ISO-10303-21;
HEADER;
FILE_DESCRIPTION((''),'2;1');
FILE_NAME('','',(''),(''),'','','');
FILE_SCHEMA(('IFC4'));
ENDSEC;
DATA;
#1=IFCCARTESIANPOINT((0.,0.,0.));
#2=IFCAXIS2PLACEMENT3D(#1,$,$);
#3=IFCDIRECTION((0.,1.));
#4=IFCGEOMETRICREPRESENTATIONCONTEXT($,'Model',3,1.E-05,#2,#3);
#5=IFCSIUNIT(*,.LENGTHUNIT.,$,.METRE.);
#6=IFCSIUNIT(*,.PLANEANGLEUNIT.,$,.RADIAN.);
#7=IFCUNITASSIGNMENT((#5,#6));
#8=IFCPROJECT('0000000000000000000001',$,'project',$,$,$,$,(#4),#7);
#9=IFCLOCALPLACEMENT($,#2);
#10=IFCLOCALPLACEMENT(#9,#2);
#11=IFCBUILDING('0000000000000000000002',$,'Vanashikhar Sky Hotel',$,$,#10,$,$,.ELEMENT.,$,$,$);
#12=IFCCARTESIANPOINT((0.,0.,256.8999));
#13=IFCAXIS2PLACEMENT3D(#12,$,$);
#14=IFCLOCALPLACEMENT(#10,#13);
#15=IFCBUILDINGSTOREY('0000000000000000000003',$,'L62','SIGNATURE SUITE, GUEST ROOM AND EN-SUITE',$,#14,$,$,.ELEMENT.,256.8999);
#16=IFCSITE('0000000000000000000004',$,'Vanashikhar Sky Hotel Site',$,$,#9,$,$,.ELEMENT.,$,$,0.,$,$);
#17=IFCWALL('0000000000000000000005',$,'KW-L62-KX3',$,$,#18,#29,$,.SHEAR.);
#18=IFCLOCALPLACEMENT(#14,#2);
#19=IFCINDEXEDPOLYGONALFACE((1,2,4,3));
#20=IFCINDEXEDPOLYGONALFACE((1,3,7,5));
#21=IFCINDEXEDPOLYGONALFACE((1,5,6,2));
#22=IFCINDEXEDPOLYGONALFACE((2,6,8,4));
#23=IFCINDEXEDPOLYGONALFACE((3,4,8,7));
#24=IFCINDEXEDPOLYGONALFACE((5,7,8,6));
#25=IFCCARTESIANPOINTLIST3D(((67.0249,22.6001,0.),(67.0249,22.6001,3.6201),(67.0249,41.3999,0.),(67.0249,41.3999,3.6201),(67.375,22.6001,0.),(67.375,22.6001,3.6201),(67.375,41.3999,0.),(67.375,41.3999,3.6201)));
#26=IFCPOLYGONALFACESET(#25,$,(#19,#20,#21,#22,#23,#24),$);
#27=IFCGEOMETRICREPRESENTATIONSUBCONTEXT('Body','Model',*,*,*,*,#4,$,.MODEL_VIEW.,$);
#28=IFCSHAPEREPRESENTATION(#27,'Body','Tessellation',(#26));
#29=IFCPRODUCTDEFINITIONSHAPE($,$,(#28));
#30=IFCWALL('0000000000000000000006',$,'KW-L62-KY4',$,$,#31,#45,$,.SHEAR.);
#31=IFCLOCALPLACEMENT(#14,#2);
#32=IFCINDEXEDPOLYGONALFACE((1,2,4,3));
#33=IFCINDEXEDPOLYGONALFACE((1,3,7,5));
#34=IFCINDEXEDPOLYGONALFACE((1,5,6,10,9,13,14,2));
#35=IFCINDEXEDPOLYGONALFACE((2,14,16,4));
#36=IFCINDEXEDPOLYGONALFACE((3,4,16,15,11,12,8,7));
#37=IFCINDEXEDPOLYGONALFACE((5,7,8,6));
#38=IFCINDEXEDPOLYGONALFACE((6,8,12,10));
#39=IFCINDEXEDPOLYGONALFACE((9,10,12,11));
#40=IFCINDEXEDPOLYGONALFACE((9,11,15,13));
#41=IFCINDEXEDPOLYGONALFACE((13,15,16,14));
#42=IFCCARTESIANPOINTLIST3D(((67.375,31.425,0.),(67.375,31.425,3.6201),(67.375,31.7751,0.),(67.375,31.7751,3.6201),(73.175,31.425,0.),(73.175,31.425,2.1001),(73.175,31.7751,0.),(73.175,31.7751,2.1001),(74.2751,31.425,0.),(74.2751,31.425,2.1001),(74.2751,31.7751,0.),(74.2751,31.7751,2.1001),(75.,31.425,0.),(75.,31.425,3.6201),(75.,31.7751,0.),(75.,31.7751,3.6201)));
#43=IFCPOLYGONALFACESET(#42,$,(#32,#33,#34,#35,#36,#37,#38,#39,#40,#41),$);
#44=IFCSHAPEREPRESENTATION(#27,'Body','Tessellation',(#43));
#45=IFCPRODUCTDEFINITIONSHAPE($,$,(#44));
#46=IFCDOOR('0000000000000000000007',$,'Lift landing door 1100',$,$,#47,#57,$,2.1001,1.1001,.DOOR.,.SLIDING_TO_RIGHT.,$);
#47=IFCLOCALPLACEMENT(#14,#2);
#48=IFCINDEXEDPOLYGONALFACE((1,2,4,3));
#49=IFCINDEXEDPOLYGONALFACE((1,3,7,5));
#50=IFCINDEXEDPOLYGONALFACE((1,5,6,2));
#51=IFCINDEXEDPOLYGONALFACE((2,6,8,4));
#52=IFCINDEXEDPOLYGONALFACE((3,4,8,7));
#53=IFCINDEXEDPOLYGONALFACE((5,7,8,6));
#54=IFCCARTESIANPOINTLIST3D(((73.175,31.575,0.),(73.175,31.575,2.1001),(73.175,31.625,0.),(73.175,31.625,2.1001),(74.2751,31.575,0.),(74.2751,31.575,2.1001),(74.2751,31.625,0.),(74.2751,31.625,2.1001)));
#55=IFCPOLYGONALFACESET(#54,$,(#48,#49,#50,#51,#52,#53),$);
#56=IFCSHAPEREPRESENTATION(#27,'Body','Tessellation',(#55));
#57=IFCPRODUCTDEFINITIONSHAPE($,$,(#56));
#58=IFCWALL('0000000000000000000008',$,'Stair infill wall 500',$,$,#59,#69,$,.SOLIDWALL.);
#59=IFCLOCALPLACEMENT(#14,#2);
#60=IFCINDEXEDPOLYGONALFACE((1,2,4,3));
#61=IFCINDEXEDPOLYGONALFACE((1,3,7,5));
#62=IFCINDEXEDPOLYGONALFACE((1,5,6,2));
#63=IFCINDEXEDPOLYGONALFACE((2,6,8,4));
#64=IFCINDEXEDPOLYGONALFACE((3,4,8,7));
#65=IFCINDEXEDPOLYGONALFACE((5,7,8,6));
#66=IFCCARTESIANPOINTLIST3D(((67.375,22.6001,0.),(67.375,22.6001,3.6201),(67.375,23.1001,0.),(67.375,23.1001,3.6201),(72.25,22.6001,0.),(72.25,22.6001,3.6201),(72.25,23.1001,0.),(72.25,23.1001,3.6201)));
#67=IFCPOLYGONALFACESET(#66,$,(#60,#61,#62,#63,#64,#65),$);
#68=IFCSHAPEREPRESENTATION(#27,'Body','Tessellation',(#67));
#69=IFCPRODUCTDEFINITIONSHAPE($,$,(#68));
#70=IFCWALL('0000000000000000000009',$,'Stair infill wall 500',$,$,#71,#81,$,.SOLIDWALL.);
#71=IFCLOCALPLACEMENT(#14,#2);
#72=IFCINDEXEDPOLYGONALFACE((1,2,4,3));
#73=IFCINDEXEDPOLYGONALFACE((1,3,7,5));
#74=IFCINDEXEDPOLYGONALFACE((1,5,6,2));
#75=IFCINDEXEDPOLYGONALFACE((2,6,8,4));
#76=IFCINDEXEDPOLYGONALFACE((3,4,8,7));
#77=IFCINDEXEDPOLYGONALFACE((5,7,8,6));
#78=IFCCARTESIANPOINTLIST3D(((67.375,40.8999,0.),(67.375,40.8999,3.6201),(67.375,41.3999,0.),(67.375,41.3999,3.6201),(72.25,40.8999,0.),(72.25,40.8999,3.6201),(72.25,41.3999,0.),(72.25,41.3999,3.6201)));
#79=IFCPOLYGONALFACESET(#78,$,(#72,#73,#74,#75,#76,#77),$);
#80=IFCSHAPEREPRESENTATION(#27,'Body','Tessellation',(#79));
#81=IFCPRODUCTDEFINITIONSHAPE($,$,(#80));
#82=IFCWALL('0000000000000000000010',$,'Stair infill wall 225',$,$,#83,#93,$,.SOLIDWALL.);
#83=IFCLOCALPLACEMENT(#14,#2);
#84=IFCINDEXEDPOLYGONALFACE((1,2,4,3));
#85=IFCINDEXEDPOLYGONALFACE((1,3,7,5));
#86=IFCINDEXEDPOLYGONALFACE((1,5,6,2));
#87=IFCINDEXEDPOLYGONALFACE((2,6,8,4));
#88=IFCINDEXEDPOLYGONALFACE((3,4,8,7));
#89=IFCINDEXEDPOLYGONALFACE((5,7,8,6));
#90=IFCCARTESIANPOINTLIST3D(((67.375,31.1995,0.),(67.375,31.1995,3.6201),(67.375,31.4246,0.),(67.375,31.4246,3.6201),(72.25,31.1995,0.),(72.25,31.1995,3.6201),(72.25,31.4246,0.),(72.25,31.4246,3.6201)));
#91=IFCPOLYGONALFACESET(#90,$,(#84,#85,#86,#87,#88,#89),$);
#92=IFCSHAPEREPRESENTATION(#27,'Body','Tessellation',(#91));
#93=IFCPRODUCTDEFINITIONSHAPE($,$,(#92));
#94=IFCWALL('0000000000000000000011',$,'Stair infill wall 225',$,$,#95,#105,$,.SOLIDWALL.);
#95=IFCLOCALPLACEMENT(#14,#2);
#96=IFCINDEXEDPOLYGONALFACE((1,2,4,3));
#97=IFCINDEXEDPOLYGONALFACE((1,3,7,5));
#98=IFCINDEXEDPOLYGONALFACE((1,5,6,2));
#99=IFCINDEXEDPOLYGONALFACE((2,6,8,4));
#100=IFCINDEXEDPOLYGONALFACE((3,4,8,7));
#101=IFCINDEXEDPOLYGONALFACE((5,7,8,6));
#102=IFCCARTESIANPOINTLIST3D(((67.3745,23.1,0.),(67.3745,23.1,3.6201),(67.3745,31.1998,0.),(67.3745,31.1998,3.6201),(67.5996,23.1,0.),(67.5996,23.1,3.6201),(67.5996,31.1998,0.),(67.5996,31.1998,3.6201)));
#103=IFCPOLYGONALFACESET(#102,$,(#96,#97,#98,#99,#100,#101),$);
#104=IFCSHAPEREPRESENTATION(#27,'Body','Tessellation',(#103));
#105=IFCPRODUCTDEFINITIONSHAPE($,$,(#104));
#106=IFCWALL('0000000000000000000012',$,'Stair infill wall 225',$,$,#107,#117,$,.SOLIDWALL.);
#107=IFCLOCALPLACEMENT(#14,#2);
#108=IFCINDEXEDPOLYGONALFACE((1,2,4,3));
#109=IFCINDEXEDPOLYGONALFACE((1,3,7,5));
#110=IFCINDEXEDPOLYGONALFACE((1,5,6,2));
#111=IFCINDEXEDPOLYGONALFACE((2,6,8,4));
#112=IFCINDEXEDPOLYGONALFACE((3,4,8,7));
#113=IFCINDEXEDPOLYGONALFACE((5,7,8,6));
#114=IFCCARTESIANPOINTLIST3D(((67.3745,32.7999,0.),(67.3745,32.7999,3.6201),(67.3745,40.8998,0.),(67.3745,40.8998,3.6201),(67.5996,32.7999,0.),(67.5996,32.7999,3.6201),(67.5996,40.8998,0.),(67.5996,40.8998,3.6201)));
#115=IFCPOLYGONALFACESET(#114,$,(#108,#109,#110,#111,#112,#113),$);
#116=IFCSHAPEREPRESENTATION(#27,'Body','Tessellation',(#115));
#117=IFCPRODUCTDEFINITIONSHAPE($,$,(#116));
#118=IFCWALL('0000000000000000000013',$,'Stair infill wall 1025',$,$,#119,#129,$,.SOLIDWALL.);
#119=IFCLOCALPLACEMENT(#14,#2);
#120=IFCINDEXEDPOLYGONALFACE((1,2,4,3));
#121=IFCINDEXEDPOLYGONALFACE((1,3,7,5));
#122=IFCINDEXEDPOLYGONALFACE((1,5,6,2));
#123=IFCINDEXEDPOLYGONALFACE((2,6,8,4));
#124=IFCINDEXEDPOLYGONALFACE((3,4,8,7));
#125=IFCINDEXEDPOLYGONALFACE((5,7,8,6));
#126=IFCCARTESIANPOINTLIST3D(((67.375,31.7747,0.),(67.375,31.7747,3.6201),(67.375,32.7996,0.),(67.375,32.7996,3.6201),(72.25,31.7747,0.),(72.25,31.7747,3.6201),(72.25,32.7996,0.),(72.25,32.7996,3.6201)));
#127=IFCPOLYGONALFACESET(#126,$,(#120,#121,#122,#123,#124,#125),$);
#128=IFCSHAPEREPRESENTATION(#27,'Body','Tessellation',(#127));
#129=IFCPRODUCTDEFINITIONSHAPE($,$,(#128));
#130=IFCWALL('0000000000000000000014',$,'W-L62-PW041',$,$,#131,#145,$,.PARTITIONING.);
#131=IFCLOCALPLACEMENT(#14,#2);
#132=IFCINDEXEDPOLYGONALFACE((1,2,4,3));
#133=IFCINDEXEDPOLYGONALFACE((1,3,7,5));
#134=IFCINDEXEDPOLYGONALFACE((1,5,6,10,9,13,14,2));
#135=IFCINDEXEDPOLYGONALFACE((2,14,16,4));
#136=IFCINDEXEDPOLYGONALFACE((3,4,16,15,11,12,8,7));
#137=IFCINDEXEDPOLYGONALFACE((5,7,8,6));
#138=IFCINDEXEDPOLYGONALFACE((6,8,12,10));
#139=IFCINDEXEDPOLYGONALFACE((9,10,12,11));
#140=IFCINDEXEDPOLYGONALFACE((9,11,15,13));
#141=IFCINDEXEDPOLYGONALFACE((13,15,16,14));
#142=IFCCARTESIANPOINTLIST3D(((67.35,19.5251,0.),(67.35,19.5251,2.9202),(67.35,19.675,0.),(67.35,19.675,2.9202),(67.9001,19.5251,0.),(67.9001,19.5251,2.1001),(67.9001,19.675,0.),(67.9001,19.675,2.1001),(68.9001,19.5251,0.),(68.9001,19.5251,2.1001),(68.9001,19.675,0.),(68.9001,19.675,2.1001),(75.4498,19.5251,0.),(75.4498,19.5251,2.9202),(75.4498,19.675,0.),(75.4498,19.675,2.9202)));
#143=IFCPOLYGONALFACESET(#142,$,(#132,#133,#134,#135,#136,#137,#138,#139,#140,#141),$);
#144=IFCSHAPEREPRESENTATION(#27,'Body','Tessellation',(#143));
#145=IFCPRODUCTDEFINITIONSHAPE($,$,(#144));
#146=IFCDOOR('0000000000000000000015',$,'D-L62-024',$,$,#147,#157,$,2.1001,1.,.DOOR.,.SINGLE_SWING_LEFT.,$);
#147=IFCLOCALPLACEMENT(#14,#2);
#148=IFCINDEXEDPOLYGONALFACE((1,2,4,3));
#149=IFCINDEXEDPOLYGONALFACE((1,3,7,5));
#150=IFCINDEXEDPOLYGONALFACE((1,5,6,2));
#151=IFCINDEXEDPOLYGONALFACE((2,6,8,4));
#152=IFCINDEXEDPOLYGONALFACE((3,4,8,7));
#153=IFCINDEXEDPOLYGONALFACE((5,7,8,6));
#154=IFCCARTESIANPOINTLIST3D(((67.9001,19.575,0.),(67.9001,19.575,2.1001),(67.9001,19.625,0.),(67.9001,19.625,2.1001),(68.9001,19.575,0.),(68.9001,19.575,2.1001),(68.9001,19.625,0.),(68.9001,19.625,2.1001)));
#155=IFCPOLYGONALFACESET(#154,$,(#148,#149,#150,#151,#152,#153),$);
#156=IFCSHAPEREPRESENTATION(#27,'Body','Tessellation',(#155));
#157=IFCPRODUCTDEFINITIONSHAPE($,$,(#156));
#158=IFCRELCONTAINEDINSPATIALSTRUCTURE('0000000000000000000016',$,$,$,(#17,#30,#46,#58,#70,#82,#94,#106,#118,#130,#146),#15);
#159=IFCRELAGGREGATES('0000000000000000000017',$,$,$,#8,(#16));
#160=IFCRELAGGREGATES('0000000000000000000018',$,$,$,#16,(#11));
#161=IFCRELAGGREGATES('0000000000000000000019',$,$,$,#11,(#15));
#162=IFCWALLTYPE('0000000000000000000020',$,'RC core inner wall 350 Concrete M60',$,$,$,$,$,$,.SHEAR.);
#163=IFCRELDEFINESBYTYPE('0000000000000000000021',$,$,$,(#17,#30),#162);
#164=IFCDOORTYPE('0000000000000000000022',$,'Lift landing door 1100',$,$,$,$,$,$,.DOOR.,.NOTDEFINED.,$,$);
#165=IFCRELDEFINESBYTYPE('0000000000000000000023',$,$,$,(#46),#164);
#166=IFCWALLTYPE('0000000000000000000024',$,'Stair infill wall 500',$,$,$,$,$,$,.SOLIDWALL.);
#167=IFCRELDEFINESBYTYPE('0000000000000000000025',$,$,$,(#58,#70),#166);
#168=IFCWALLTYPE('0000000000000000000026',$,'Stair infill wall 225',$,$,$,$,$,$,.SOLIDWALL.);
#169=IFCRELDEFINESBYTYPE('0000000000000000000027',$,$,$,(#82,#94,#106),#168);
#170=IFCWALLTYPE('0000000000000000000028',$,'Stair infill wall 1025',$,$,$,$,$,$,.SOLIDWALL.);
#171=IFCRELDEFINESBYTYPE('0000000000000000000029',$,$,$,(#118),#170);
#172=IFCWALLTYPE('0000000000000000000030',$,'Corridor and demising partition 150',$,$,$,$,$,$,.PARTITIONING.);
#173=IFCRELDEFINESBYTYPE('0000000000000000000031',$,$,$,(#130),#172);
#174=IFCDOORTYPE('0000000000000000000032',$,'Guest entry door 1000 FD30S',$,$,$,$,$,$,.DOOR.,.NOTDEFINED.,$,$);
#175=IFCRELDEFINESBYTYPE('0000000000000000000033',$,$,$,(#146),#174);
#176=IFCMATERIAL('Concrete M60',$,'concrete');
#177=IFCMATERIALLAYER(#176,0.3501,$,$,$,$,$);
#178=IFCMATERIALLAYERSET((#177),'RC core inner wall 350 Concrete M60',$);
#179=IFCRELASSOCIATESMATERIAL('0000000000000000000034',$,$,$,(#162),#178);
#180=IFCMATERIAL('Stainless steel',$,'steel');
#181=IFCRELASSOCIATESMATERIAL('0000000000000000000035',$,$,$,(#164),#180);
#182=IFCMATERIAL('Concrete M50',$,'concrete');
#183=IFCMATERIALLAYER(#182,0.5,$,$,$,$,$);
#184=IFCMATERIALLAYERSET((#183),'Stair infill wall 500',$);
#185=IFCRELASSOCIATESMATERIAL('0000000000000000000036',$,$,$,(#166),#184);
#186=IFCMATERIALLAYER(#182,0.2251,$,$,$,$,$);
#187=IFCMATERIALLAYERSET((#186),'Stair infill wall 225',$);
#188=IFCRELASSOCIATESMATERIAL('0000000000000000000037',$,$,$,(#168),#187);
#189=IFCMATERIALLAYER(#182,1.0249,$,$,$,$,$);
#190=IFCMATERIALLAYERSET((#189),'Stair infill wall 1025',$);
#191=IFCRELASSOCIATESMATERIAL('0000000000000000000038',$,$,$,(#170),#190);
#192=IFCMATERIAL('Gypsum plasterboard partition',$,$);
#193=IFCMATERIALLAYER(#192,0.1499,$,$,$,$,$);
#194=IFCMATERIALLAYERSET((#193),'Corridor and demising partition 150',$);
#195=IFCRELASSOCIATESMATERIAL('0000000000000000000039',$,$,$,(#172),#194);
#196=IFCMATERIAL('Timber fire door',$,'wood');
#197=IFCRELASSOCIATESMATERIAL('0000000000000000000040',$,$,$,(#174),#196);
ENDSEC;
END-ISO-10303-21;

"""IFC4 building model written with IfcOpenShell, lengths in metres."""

from ifc_helpers import new_model, si_unit, direction, frame, frame_2d, origin, place, context, subcontext, project, spatial, rectangle, extrude, source, transform, mapped, material, layer, layer_set, type_object, element, fill, save


model = new_model("IFC4")

# Units and contexts
model_context = context("Model", 3, precision=1e-05, world=origin(), true_north=direction((0.0, 1.0)))
body_context = subcontext(model_context, "Body", "Model", "MODEL_VIEW")
ifc_project = project(units=[si_unit("LENGTHUNIT", "METRE"), si_unit("PLANEANGLEUNIT", "RADIAN")], contexts=[model_context])

# Site, building, storey
site_placement = place(None, origin())
site = spatial("IfcSite", under=ifc_project, at=site_placement, Name="Vanashikhar Sky Hotel Site", CompositionType="ELEMENT", RefElevation=0.0)
building_placement = place(site_placement, origin())
building = spatial("IfcBuilding", under=site, at=building_placement, Name="Vanashikhar Sky Hotel", CompositionType="ELEMENT")
storey_placement = place(building_placement, frame((0.0, 0.0, 256.8999)))
storey = spatial("IfcBuildingStorey", under=building, at=storey_placement, Name="L62", Description="SIGNATURE SUITE, GUEST ROOM AND EN-SUITE", CompositionType="ELEMENT", Elevation=256.8999)

# Wall
ifc_material_1 = material(Name="Concrete M60", Category="concrete")
ifc_layer_1 = layer(ifc_material_1, 0.3501)
ifc_layer_set_1 = layer_set([ifc_layer_1], Name="RC core inner wall 350 Concrete M60")
wall_type_1 = type_object("IfcWallType", Name="RC core inner wall 350 Concrete M60", PredefinedType="SHEAR", material=ifc_layer_set_1)
shared_shape_1 = source(origin(), body_context, "Body", "SweptSolid", [
    extrude(rectangle(XDim=18.7998, YDim=0.3501, at=frame_2d((9.3999, 0.0))), origin(), (0.0, 0.0, 1.0), 3.6201),
])
wall_1_placement = place(storey_placement, frame((67.2, 22.6001, 0.0), z_axis=(0.0, 0.0, 1.0), x_axis=(0.0, 1.0, 0.0)))
element("IfcWall", 1, at=wall_1_placement, inside=storey, type_object=wall_type_1, Name="KW-L62-KX3", PredefinedType="SHEAR", context=body_context, shape_type="MappedRepresentation", body=[
    mapped(shared_shape_1, transform((0.0, 0.0, 0.0), scale=1.0)),
])

# Wall, opening, door
shared_shape_2 = source(origin(), body_context, "Body", "SweptSolid", [
    extrude(rectangle(XDim=7.625, YDim=0.3501, at=frame_2d((3.8125, 0.0))), origin(), (0.0, 0.0, 1.0), 3.6201),
])
wall_2_placement = place(storey_placement, frame((67.375, 31.6001, 0.0), z_axis=(0.0, 0.0, 1.0), x_axis=(1.0, 0.0, 0.0)))
wall_2 = element("IfcWall", 2, at=wall_2_placement, inside=storey, type_object=wall_type_1, Name="KW-L62-KY4", PredefinedType="SHEAR", context=body_context, shape_type="MappedRepresentation", body=[
    mapped(shared_shape_2, transform((0.0, 0.0, 0.0), scale=1.0)),
])
shared_shape_3 = source(origin(), body_context, "Body", "SweptSolid", [
    extrude(rectangle(XDim=1.1001, YDim=2.1001, at=frame_2d((0.55, 1.05))), frame((0.0, 0.1851, 0.0), z_axis=(0.0, -1.0, 0.0), x_axis=(1.0, 0.0, 0.0)), (0.0, 0.0, 1.0), 0.3701),
])
opening_1_placement = place(wall_2_placement, frame((5.8, 0.0, 0.0)))
opening_1 = element("IfcOpeningElement", 3, at=opening_1_placement, cuts=wall_2, PredefinedType="OPENING", context=body_context, shape_type="MappedRepresentation", body=[
    mapped(shared_shape_3, transform((0.0, 0.0, 0.0), scale=1.0)),
])
ifc_material_2 = material(Name="Stainless steel", Category="steel")
door_type_1 = type_object("IfcDoorType", Name="Lift landing door 1100", OperationType="NOTDEFINED", PredefinedType="DOOR", material=ifc_material_2)
shared_shape_4 = source(origin(), body_context, "Body", "SweptSolid", [
    extrude(rectangle(XDim=1.1001, YDim=2.1001, at=frame_2d((0.55, 1.05))), frame((0.0, 0.0249, 0.0), z_axis=(0.0, -1.0, 0.0), x_axis=(1.0, 0.0, 0.0)), (0.0, 0.0, 1.0), 0.05),
])
door_1_placement = place(opening_1_placement, origin())
door_1 = element("IfcDoor", 4, at=door_1_placement, inside=storey, type_object=door_type_1, Name="Lift landing door 1100", OperationType="SLIDING_TO_RIGHT", OverallHeight=2.1001, OverallWidth=1.1001, PredefinedType="DOOR", context=body_context, shape_type="MappedRepresentation", body=[
    mapped(shared_shape_4, transform((0.0, 0.0, 0.0), scale=1.0)),
])
fill(opening_1, door_1)

# Walls
ifc_material_3 = material(Name="Concrete M50", Category="concrete")
ifc_layer_2 = layer(ifc_material_3, 0.5)
ifc_layer_set_2 = layer_set([ifc_layer_2], Name="Stair infill wall 500")
wall_type_2 = type_object("IfcWallType", Name="Stair infill wall 500", PredefinedType="SOLIDWALL", material=ifc_layer_set_2)
shared_shape_5 = source(origin(), body_context, "Body", "SweptSolid", [
    extrude(rectangle(XDim=4.875, YDim=0.5, at=frame_2d((2.4375, 0.0))), origin(), (0.0, 0.0, 1.0), 3.6201),
])
for number, where, z_axis, x_axis, name in (
    (5, (67.375, 22.8501, 0.0), (0.0, 0.0, 1.0), (1.0, 0.0, 0.0), "Stair infill wall 500"),
    (6, (67.375, 41.1499, 0.0), (0.0, 0.0, 1.0), (1.0, 0.0, 0.0), "Stair infill wall 500"),
):
    element("IfcWall", number, at=place(storey_placement, frame(where, z_axis=z_axis, x_axis=x_axis)), inside=storey, type_object=wall_type_2, Name=name, PredefinedType="SOLIDWALL", context=body_context, shape_type="MappedRepresentation", body=[
        mapped(shared_shape_5, transform((0.0, 0.0, 0.0), scale=1.0)),
    ])
ifc_layer_3 = layer(ifc_material_3, 0.2251)
ifc_layer_set_3 = layer_set([ifc_layer_3], Name="Stair infill wall 225")
wall_type_3 = type_object("IfcWallType", Name="Stair infill wall 225", PredefinedType="SOLIDWALL", material=ifc_layer_set_3)
shared_shape_6 = source(origin(), body_context, "Body", "SweptSolid", [
    extrude(rectangle(XDim=4.875, YDim=0.2251, at=frame_2d((2.4375, 0.0))), origin(), (0.0, 0.0, 1.0), 3.6201),
])
wall_3_placement = place(storey_placement, frame((67.375, 31.312, 0.0), z_axis=(0.0, 0.0, 1.0), x_axis=(1.0, 0.0, 0.0)))
element("IfcWall", 7, at=wall_3_placement, inside=storey, type_object=wall_type_3, Name="Stair infill wall 225", PredefinedType="SOLIDWALL", context=body_context, shape_type="MappedRepresentation", body=[
    mapped(shared_shape_6, transform((0.0, 0.0, 0.0), scale=1.0)),
])
shared_shape_7 = source(origin(), body_context, "Body", "SweptSolid", [
    extrude(rectangle(XDim=8.0999, YDim=0.2251, at=frame_2d((4.0498, 0.0))), origin(), (0.0, 0.0, 1.0), 3.6201),
])
for number, where, z_axis, x_axis, name in (
    (8, (67.4871, 23.1001, 0.0), (0.0, 0.0, 1.0), (0.0, 1.0, 0.0), "Stair infill wall 225"),
    (9, (67.4871, 32.8, 0.0), (0.0, 0.0, 1.0), (0.0, 1.0, 0.0), "Stair infill wall 225"),
):
    element("IfcWall", number, at=place(storey_placement, frame(where, z_axis=z_axis, x_axis=x_axis)), inside=storey, type_object=wall_type_3, Name=name, PredefinedType="SOLIDWALL", context=body_context, shape_type="MappedRepresentation", body=[
        mapped(shared_shape_7, transform((0.0, 0.0, 0.0), scale=1.0)),
    ])
ifc_layer_4 = layer(ifc_material_3, 1.0249)
ifc_layer_set_4 = layer_set([ifc_layer_4], Name="Stair infill wall 1025")
wall_type_4 = type_object("IfcWallType", Name="Stair infill wall 1025", PredefinedType="SOLIDWALL", material=ifc_layer_set_4)
shared_shape_8 = source(origin(), body_context, "Body", "SweptSolid", [
    extrude(rectangle(XDim=4.875, YDim=1.0249, at=frame_2d((2.4375, 0.0))), origin(), (0.0, 0.0, 1.0), 3.6201),
])
wall_4_placement = place(storey_placement, frame((67.375, 32.2871, 0.0), z_axis=(0.0, 0.0, 1.0), x_axis=(1.0, 0.0, 0.0)))
element("IfcWall", 10, at=wall_4_placement, inside=storey, type_object=wall_type_4, Name="Stair infill wall 1025", PredefinedType="SOLIDWALL", context=body_context, shape_type="MappedRepresentation", body=[
    mapped(shared_shape_8, transform((0.0, 0.0, 0.0), scale=1.0)),
])

# Wall, opening, door
ifc_material_4 = material(Name="Gypsum plasterboard partition")
ifc_layer_5 = layer(ifc_material_4, 0.1499)
ifc_layer_set_5 = layer_set([ifc_layer_5], Name="Corridor and demising partition 150")
wall_type_5 = type_object("IfcWallType", Name="Corridor and demising partition 150", PredefinedType="PARTITIONING", material=ifc_layer_set_5)
shared_shape_9 = source(origin(), body_context, "Body", "SweptSolid", [
    extrude(rectangle(XDim=8.0999, YDim=0.1499, at=frame_2d((4.0498, 0.0))), origin(), (0.0, 0.0, 1.0), 2.9202),
])
wall_5_placement = place(storey_placement, frame((67.3501, 19.6001, 0.0), z_axis=(0.0, 0.0, 1.0), x_axis=(1.0, 0.0, 0.0)))
wall_5 = element("IfcWall", 11, at=wall_5_placement, inside=storey, type_object=wall_type_5, Name="W-L62-PW041", PredefinedType="PARTITIONING", context=body_context, shape_type="MappedRepresentation", body=[
    mapped(shared_shape_9, transform((0.0, 0.0, 0.0), scale=1.0)),
])
shared_shape_10 = source(origin(), body_context, "Body", "SweptSolid", [
    extrude(rectangle(XDim=1.0, YDim=2.1001, at=frame_2d((0.5, 1.05))), frame((0.0, 0.085, 0.0), z_axis=(0.0, -1.0, 0.0), x_axis=(1.0, 0.0, 0.0)), (0.0, 0.0, 1.0), 0.1699),
])
opening_2_placement = place(wall_5_placement, frame((0.55, 0.0, 0.0)))
opening_2 = element("IfcOpeningElement", 12, at=opening_2_placement, cuts=wall_5, PredefinedType="OPENING", context=body_context, shape_type="MappedRepresentation", body=[
    mapped(shared_shape_10, transform((0.0, 0.0, 0.0), scale=1.0)),
])
ifc_material_5 = material(Name="Timber fire door", Category="wood")
door_type_2 = type_object("IfcDoorType", Name="Guest entry door 1000 FD30S", OperationType="NOTDEFINED", PredefinedType="DOOR", material=ifc_material_5)
shared_shape_11 = source(origin(), body_context, "Body", "SweptSolid", [
    extrude(rectangle(XDim=1.0, YDim=2.1001, at=frame_2d((0.5, 1.05))), frame((0.0, 0.0249, 0.0), z_axis=(0.0, -1.0, 0.0), x_axis=(1.0, 0.0, 0.0)), (0.0, 0.0, 1.0), 0.05),
])
door_2_placement = place(opening_2_placement, origin())
door_2 = element("IfcDoor", 13, at=door_2_placement, inside=storey, type_object=door_type_2, Name="D-L62-024", OperationType="SINGLE_SWING_LEFT", OverallHeight=2.1001, OverallWidth=1.0, PredefinedType="DOOR", context=body_context, shape_type="MappedRepresentation", body=[
    mapped(shared_shape_11, transform((0.0, 0.0, 0.0), scale=1.0)),
])
fill(opening_2, door_2)

save(model, "model.ifc")
